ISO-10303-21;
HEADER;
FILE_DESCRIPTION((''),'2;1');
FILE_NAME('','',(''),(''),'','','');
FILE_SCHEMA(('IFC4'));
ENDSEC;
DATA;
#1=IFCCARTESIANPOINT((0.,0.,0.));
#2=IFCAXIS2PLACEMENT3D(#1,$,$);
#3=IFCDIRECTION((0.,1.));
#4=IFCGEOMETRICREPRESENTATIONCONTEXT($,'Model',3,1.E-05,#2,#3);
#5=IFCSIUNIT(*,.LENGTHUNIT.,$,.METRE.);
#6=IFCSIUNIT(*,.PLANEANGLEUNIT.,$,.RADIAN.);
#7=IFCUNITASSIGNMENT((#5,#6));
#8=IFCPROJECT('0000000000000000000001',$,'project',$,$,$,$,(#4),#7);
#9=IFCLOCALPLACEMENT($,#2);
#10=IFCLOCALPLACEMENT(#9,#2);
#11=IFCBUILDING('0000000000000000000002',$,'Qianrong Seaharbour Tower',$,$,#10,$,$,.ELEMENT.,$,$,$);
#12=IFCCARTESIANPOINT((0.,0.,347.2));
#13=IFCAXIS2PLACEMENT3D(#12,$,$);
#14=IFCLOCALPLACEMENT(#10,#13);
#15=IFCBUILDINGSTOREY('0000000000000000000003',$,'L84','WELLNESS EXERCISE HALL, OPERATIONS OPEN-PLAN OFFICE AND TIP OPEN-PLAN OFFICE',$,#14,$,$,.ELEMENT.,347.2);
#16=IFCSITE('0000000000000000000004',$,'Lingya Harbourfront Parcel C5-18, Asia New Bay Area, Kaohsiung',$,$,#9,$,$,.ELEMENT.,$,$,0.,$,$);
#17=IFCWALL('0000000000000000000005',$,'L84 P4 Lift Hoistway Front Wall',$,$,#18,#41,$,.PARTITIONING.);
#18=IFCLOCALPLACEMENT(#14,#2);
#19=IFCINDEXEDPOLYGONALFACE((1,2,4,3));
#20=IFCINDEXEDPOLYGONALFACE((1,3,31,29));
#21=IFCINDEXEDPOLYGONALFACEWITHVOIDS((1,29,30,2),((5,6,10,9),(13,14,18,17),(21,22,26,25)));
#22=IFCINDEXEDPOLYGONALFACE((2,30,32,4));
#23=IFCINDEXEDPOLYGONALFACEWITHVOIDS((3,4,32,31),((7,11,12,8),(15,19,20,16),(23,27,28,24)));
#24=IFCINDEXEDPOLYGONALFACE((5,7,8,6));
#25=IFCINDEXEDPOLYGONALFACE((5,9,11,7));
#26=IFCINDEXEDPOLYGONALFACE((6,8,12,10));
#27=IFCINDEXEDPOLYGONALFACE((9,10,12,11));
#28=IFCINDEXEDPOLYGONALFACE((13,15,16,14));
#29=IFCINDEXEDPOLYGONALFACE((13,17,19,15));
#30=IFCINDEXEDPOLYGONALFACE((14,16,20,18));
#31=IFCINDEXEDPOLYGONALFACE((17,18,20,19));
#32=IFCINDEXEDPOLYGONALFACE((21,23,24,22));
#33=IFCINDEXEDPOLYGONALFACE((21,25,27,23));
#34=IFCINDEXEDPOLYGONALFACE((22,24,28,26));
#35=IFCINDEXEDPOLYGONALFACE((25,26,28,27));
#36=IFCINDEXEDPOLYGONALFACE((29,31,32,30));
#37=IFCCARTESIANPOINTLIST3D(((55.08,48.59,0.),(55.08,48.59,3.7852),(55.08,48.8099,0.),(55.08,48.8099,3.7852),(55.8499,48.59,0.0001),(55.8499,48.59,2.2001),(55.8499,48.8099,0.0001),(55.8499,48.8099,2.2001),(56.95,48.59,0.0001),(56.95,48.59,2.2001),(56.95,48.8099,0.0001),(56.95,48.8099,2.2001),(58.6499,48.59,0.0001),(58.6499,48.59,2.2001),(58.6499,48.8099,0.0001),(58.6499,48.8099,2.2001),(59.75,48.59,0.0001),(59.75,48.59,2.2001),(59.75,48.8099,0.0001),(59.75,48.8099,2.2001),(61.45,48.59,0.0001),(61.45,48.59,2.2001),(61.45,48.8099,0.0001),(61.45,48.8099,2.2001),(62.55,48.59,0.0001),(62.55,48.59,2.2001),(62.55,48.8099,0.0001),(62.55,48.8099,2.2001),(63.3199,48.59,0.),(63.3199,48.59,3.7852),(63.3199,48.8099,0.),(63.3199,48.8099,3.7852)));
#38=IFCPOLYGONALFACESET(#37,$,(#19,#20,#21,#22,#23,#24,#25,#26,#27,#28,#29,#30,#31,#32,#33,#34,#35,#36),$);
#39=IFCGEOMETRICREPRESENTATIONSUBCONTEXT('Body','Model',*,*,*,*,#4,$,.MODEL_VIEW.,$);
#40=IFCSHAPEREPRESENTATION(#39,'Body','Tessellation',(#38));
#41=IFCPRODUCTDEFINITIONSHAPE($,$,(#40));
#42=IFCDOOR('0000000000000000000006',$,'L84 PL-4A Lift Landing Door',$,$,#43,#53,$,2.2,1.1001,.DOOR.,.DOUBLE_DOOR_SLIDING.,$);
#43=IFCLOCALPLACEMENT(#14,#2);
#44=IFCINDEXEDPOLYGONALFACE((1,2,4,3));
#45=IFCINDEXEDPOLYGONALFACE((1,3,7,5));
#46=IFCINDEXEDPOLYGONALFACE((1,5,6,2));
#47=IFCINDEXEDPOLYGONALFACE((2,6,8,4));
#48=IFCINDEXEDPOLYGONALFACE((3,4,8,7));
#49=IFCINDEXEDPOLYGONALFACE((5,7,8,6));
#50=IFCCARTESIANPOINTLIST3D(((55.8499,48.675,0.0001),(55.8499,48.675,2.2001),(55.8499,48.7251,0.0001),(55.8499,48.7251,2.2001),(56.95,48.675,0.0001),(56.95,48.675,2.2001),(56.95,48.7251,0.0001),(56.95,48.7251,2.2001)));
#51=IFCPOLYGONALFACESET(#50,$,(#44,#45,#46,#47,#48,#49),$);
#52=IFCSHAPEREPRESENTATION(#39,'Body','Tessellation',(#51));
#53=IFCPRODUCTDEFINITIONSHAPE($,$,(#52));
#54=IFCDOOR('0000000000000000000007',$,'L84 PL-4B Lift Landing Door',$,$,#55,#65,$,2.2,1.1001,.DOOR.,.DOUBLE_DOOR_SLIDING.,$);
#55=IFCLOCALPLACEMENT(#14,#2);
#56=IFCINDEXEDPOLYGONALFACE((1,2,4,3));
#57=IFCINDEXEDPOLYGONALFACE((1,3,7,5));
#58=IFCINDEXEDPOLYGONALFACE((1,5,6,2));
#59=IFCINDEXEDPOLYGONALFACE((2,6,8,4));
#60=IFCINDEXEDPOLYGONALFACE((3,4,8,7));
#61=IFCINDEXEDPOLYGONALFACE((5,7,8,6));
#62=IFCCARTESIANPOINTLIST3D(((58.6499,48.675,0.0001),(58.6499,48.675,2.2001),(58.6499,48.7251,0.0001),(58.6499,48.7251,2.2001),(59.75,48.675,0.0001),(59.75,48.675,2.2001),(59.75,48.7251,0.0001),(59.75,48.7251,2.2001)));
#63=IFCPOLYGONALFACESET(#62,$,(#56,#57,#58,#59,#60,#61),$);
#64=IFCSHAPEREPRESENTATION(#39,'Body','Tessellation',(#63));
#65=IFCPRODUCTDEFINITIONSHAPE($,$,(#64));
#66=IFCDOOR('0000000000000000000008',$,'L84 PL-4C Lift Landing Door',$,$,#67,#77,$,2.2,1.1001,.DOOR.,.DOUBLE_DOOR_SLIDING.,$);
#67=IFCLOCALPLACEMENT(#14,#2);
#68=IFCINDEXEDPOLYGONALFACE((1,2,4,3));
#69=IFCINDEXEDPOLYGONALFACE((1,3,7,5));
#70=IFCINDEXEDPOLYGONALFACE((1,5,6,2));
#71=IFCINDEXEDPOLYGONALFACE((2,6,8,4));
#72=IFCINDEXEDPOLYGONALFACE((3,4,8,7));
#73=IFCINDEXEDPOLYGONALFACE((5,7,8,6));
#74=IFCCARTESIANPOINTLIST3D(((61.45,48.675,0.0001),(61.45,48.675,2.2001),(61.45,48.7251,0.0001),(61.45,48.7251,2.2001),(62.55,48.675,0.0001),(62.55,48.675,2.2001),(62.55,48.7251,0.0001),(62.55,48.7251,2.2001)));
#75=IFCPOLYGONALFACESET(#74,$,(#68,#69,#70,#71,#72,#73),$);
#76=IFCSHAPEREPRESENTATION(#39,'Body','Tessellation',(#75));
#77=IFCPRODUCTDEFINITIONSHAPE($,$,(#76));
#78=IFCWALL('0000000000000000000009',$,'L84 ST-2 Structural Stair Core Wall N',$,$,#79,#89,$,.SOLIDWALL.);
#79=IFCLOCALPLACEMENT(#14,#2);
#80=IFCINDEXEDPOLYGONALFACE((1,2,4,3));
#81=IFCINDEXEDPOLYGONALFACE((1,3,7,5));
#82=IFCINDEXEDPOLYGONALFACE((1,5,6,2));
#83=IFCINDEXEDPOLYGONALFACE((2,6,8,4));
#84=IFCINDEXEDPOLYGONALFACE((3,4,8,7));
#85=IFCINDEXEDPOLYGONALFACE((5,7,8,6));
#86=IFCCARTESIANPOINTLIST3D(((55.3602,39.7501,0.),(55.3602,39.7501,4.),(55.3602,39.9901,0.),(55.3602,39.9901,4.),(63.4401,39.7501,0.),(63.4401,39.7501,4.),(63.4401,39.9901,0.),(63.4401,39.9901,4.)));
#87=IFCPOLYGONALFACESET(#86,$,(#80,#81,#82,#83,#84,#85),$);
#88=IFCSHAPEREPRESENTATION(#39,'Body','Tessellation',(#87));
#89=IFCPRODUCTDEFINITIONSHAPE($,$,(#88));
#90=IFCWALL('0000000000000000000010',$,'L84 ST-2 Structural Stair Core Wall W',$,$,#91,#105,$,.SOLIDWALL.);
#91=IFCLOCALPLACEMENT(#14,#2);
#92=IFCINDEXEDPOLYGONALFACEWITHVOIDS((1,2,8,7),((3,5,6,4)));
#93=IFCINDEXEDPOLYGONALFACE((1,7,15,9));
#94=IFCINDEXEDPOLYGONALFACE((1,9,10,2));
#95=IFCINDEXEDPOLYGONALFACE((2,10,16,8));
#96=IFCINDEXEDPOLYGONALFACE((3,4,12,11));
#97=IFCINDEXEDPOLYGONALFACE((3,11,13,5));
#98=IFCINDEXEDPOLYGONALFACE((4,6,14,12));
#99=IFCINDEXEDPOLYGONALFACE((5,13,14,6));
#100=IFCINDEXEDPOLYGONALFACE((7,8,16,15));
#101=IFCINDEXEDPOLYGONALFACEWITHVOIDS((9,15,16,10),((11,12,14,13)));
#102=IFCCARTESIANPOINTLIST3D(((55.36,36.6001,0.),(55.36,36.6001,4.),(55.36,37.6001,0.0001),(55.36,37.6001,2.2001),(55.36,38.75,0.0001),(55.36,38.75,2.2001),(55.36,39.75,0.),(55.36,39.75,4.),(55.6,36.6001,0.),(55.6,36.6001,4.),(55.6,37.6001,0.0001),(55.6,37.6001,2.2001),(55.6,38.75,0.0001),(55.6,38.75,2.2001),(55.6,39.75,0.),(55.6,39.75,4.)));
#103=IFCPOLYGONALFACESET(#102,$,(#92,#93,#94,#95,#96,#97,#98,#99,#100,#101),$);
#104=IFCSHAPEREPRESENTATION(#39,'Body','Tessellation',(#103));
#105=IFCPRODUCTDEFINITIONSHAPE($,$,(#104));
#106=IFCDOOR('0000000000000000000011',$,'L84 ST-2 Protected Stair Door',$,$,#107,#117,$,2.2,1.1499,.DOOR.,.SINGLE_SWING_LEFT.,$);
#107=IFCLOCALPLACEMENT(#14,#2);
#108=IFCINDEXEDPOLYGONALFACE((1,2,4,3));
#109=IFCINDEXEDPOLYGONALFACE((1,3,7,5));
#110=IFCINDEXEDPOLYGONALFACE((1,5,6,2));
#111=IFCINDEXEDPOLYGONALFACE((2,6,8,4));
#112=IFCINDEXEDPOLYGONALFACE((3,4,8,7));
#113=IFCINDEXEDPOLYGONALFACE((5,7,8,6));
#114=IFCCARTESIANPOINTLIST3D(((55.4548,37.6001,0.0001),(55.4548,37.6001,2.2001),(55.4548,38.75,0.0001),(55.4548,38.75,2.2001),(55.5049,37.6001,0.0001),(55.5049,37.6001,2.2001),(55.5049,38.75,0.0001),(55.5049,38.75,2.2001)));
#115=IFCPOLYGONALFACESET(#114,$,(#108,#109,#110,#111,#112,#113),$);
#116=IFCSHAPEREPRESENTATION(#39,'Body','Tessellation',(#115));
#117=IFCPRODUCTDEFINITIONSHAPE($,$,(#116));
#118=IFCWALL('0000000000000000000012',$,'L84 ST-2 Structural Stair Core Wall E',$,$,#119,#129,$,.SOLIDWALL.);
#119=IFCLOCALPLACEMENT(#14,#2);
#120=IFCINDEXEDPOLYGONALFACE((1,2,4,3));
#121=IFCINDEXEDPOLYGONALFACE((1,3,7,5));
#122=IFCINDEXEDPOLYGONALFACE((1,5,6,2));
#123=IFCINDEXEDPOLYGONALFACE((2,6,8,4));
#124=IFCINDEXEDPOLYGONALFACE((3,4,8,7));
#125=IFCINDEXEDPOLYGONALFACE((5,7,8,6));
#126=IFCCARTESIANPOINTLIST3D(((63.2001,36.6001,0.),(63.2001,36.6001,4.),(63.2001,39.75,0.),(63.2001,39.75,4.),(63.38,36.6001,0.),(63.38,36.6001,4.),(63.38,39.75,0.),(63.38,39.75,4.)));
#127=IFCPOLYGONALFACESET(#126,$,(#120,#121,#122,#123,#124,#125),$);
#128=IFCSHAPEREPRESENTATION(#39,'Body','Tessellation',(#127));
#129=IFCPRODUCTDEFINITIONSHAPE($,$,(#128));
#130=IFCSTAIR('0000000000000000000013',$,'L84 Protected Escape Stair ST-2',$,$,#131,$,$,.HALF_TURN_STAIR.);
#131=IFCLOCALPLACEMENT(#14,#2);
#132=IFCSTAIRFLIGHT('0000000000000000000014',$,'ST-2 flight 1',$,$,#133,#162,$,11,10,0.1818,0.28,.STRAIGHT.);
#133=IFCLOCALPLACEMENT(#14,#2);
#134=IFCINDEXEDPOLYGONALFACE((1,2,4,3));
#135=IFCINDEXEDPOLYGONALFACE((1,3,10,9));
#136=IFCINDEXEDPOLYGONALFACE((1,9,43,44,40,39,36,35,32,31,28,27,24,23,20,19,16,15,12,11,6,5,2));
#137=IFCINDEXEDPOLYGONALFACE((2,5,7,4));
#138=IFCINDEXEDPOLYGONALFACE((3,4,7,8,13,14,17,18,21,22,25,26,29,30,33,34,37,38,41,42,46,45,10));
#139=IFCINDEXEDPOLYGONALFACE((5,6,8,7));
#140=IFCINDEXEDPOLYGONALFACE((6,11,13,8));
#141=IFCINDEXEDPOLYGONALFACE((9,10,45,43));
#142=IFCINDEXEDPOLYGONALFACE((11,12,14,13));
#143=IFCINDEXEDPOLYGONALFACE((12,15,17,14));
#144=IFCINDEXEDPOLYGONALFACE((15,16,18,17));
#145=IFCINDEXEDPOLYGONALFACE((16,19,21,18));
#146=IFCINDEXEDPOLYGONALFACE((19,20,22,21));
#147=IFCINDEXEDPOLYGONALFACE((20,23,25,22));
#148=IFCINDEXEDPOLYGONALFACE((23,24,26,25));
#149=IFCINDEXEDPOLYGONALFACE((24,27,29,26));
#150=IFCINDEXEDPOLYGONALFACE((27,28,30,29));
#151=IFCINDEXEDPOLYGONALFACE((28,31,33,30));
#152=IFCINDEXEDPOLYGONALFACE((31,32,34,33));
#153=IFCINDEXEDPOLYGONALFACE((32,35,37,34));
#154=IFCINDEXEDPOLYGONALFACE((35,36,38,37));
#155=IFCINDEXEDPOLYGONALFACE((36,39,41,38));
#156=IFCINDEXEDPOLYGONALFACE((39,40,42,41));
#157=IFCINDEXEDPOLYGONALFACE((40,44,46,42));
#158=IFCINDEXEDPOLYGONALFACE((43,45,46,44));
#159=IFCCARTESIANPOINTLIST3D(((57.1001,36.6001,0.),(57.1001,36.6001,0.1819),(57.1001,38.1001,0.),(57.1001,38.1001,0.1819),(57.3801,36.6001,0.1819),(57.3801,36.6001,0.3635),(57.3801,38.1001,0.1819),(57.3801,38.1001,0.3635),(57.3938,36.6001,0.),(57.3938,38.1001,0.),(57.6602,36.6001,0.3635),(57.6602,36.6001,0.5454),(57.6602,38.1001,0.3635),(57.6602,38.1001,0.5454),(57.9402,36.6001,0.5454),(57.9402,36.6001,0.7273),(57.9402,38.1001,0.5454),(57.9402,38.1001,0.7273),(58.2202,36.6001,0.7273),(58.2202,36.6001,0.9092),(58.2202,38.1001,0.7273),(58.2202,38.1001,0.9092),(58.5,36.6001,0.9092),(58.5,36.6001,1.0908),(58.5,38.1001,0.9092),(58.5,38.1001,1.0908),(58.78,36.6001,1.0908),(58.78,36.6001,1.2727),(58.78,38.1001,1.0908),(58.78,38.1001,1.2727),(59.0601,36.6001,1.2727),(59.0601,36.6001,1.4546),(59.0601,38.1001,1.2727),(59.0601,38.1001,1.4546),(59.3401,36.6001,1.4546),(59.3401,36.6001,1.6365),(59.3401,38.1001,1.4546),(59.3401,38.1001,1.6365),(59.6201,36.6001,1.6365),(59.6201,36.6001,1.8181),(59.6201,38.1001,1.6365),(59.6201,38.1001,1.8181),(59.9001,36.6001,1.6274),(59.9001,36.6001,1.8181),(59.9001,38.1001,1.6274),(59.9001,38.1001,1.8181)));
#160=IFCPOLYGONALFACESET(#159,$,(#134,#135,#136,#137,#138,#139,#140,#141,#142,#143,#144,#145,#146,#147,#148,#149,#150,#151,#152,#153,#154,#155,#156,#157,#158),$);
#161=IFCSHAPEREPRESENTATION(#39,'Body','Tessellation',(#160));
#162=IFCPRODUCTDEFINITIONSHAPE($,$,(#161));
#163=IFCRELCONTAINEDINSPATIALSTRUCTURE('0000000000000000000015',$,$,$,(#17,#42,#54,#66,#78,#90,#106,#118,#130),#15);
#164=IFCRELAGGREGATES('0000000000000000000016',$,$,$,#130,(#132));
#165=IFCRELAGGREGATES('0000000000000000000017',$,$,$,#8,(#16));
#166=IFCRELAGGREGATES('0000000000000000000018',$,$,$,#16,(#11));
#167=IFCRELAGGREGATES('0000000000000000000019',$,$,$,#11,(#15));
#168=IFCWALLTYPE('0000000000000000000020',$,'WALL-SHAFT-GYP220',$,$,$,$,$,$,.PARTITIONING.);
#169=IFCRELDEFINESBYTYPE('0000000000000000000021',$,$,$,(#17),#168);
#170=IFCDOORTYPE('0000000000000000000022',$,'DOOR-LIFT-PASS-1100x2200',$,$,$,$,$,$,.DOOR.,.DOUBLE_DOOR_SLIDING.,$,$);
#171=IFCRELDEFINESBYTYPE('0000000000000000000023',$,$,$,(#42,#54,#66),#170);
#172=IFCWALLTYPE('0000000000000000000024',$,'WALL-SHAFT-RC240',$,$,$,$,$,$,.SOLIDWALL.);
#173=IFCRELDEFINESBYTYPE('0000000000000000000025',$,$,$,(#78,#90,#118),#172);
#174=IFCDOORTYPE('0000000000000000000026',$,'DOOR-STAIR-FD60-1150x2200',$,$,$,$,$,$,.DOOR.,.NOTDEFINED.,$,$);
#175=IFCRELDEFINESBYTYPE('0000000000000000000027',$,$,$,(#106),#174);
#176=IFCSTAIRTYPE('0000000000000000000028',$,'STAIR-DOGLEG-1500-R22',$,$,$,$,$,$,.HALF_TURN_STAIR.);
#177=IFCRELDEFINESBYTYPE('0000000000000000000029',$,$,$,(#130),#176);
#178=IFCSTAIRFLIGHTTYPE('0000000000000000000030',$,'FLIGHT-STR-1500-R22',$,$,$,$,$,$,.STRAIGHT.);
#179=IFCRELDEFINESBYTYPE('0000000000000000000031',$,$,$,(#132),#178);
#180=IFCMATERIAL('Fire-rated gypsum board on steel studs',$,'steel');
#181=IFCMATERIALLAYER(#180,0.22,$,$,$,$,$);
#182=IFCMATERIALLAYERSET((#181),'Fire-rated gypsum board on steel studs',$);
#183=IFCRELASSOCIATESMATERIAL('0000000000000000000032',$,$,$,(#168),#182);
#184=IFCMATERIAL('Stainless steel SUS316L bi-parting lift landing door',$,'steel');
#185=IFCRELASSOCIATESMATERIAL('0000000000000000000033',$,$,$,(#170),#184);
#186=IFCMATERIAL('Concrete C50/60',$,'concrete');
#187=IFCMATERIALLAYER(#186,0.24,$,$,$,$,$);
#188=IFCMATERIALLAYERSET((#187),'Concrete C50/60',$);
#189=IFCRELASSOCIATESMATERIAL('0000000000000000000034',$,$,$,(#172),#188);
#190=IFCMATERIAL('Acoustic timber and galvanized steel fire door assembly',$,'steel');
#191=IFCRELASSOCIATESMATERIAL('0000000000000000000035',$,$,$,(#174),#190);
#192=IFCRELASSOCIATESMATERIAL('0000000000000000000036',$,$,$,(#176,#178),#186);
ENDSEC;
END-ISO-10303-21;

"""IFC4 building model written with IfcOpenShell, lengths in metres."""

from ifc_helpers import new_model, si_unit, direction, frame, frame_2d, origin, place, context, subcontext, project, spatial, polyline, rectangle, outline, extrude, material, layer, layer_set, type_object, element, fill, aggregate, save


model = new_model("IFC4")

# Units and contexts
model_context = context("Model", 3, precision=1e-05, world=origin(), true_north=direction((0.0, 1.0)))
body_context = subcontext(model_context, "Body", "Model", "MODEL_VIEW")
ifc_project = project(units=[si_unit("LENGTHUNIT", "METRE"), si_unit("PLANEANGLEUNIT", "RADIAN")], contexts=[model_context])

# Site, building, storey
site_placement = place(None, origin())
site = spatial("IfcSite", under=ifc_project, at=site_placement, Name="Lingya Harbourfront Parcel C5-18, Asia New Bay Area, Kaohsiung", CompositionType="ELEMENT", RefElevation=0.0)
building_placement = place(site_placement, origin())
building = spatial("IfcBuilding", under=site, at=building_placement, Name="Qianrong Seaharbour Tower", CompositionType="ELEMENT")
storey_placement = place(building_placement, frame((0.0, 0.0, 347.2)))
storey = spatial("IfcBuildingStorey", under=building, at=storey_placement, Name="L84", Description="WELLNESS EXERCISE HALL, OPERATIONS OPEN-PLAN OFFICE AND TIP OPEN-PLAN OFFICE", CompositionType="ELEMENT", Elevation=347.2)

# Shared definitions
ifc_material_1 = material(Name="Acoustic timber and galvanized steel fire door assembly", Category="steel")

# Shared definitions
ifc_material_2 = material(Name="Fire-rated gypsum board on steel studs", Category="steel")

# Wall, openings, doors
ifc_layer_1 = layer(ifc_material_2, 0.22)
ifc_layer_set_1 = layer_set([ifc_layer_1], Name="Fire-rated gypsum board on steel studs")
wall_type_1 = type_object("IfcWallType", Name="WALL-SHAFT-GYP220", PredefinedType="PARTITIONING", material=ifc_layer_set_1)
wall_1_placement = place(storey_placement, frame((63.3201, 48.7, 0.0), z_axis=(0.0, 0.0, 1.0), x_axis=(-1.0, 0.0, 0.0)))
wall_1 = element("IfcWall", 1, at=wall_1_placement, inside=storey, type_object=wall_type_1, Name="L84 P4 Lift Hoistway Front Wall", PredefinedType="PARTITIONING", context=body_context, shape_type="SweptSolid", body=[
    extrude(rectangle(XDim=8.24, YDim=0.22, at=frame_2d((4.1201, 0.0))), origin(), (0.0, 0.0, 1.0), 3.7852),
])
opening_1_placement = place(wall_1_placement, frame((6.3701, 0.0, 0.0)))
opening_1 = element("IfcOpeningElement", 2, at=opening_1_placement, cuts=wall_1, PredefinedType="OPENING", context=body_context, shape_type="SweptSolid", body=[
    extrude(rectangle(XDim=1.1001, YDim=2.2, at=frame_2d((0.55, 1.1001))), frame((0.0, 0.1201, 0.0), z_axis=(0.0, -1.0, 0.0), x_axis=(1.0, 0.0, 0.0)), (0.0, 0.0, 1.0), 0.24),
])
opening_2_placement = place(wall_1_placement, frame((3.5701, 0.0, 0.0)))
opening_2 = element("IfcOpeningElement", 3, at=opening_2_placement, cuts=wall_1, PredefinedType="OPENING", context=body_context, shape_type="SweptSolid", body=[
    extrude(rectangle(XDim=1.1001, YDim=2.2, at=frame_2d((0.55, 1.1001))), frame((0.0, 0.1201, 0.0), z_axis=(0.0, -1.0, 0.0), x_axis=(1.0, 0.0, 0.0)), (0.0, 0.0, 1.0), 0.24),
])
opening_3_placement = place(wall_1_placement, frame((0.77, 0.0, 0.0)))
opening_3 = element("IfcOpeningElement", 4, at=opening_3_placement, cuts=wall_1, PredefinedType="OPENING", context=body_context, shape_type="SweptSolid", body=[
    extrude(rectangle(XDim=1.1001, YDim=2.2, at=frame_2d((0.55, 1.1001))), frame((0.0, 0.1201, 0.0), z_axis=(0.0, -1.0, 0.0), x_axis=(1.0, 0.0, 0.0)), (0.0, 0.0, 1.0), 0.24),
])
ifc_material_3 = material(Name="Stainless steel SUS316L bi-parting lift landing door", Category="steel")
door_type_1 = type_object("IfcDoorType", Name="DOOR-LIFT-PASS-1100x2200", OperationType="DOUBLE_DOOR_SLIDING", PredefinedType="DOOR", material=ifc_material_3)
door_1_placement = place(opening_1_placement, origin())
door_1 = element("IfcDoor", 5, at=door_1_placement, inside=storey, type_object=door_type_1, Name="L84 PL-4A Lift Landing Door", OperationType="DOUBLE_DOOR_SLIDING", OverallHeight=2.2, OverallWidth=1.1001, PredefinedType="DOOR", context=body_context, shape_type="SweptSolid", body=[
    extrude(rectangle(XDim=1.1001, YDim=2.2, at=frame_2d((0.55, 1.1001))), frame((0.0, 0.0249, 0.0), z_axis=(0.0, -1.0, 0.0), x_axis=(1.0, 0.0, 0.0)), (0.0, 0.0, 1.0), 0.05),
])
fill(opening_1, door_1)
door_2_placement = place(opening_2_placement, origin())
door_2 = element("IfcDoor", 6, at=door_2_placement, inside=storey, type_object=door_type_1, Name="L84 PL-4B Lift Landing Door", OperationType="DOUBLE_DOOR_SLIDING", OverallHeight=2.2, OverallWidth=1.1001, PredefinedType="DOOR", context=body_context, shape_type="SweptSolid", body=[
    extrude(rectangle(XDim=1.1001, YDim=2.2, at=frame_2d((0.55, 1.1001))), frame((0.0, 0.0249, 0.0), z_axis=(0.0, -1.0, 0.0), x_axis=(1.0, 0.0, 0.0)), (0.0, 0.0, 1.0), 0.05),
])
fill(opening_2, door_2)
door_3_placement = place(opening_3_placement, origin())
door_3 = element("IfcDoor", 7, at=door_3_placement, inside=storey, type_object=door_type_1, Name="L84 PL-4C Lift Landing Door", OperationType="DOUBLE_DOOR_SLIDING", OverallHeight=2.2, OverallWidth=1.1001, PredefinedType="DOOR", context=body_context, shape_type="SweptSolid", body=[
    extrude(rectangle(XDim=1.1001, YDim=2.2, at=frame_2d((0.55, 1.1001))), frame((0.0, 0.0249, 0.0), z_axis=(0.0, -1.0, 0.0), x_axis=(1.0, 0.0, 0.0)), (0.0, 0.0, 1.0), 0.05),
])
fill(opening_3, door_3)

# Wall
ifc_material_4 = material(Name="Concrete C50/60", Category="concrete")
ifc_layer_2 = layer(ifc_material_4, 0.24)
ifc_layer_set_2 = layer_set([ifc_layer_2], Name="Concrete C50/60")
wall_type_2 = type_object("IfcWallType", Name="WALL-SHAFT-RC240", PredefinedType="SOLIDWALL", material=ifc_layer_set_2)
wall_2_placement = place(storey_placement, frame((55.3601, 39.8701, 0.0), z_axis=(0.0, 0.0, 1.0), x_axis=(1.0, 0.0, 0.0)))
element("IfcWall", 8, at=wall_2_placement, inside=storey, type_object=wall_type_2, Name="L84 ST-2 Structural Stair Core Wall N", PredefinedType="SOLIDWALL", context=body_context, shape_type="SweptSolid", body=[
    extrude(rectangle(XDim=8.0798, YDim=0.24, at=frame_2d((4.04, 0.0))), origin(), (0.0, 0.0, 1.0), 4.0),
])

# Wall, opening, door
wall_3_placement = place(storey_placement, frame((55.48, 39.75, 0.0), z_axis=(0.0, 0.0, 1.0), x_axis=(0.0, -1.0, 0.0)))
wall_3 = element("IfcWall", 9, at=wall_3_placement, inside=storey, type_object=wall_type_2, Name="L84 ST-2 Structural Stair Core Wall W", PredefinedType="SOLIDWALL", context=body_context, shape_type="SweptSolid", body=[
    extrude(rectangle(XDim=3.1499, YDim=0.24, at=frame_2d((1.575, 0.0))), origin(), (0.0, 0.0, 1.0), 4.0),
])
opening_4_placement = place(wall_3_placement, frame((1.0, 0.0, 0.0)))
opening_4 = element("IfcOpeningElement", 10, at=opening_4_placement, cuts=wall_3, PredefinedType="OPENING", context=body_context, shape_type="SweptSolid", body=[
    extrude(rectangle(XDim=1.1499, YDim=2.2, at=frame_2d((0.575, 1.1001))), frame((0.0, 0.1299, 0.0), z_axis=(0.0, -1.0, 0.0), x_axis=(1.0, 0.0, 0.0)), (0.0, 0.0, 1.0), 0.26),
])
door_type_2 = type_object("IfcDoorType", Name="DOOR-STAIR-FD60-1150x2200", OperationType="NOTDEFINED", PredefinedType="DOOR", material=ifc_material_1)
door_4_placement = place(opening_4_placement, origin())
door_4 = element("IfcDoor", 11, at=door_4_placement, inside=storey, type_object=door_type_2, Name="L84 ST-2 Protected Stair Door", OperationType="SINGLE_SWING_LEFT", OverallHeight=2.2, OverallWidth=1.1499, PredefinedType="DOOR", context=body_context, shape_type="SweptSolid", body=[
    extrude(rectangle(XDim=1.1499, YDim=2.2, at=frame_2d((0.575, 1.1001))), frame((0.0, 0.0249, 0.0), z_axis=(0.0, -1.0, 0.0), x_axis=(1.0, 0.0, 0.0)), (0.0, 0.0, 1.0), 0.05),
])
fill(opening_4, door_4)

# Wall
wall_4_placement = place(storey_placement, frame((63.29, 36.6001, 0.0), z_axis=(0.0, 0.0, 1.0), x_axis=(0.0, 1.0, 0.0)))
element("IfcWall", 12, at=wall_4_placement, inside=storey, type_object=wall_type_2, Name="L84 ST-2 Structural Stair Core Wall E", PredefinedType="SOLIDWALL", context=body_context, shape_type="SweptSolid", body=[
    extrude(rectangle(XDim=3.1499, YDim=0.1799, at=frame_2d((1.575, 0.0))), origin(), (0.0, 0.0, 1.0), 4.0),
])

# Stair, stair flight
stair_type = type_object("IfcStairType", Name="STAIR-DOGLEG-1500-R22", PredefinedType="HALF_TURN_STAIR", material=ifc_material_4)
stair_placement = place(storey_placement, origin())
stair = element("IfcStair", 13, at=stair_placement, inside=storey, type_object=stair_type, Name="L84 Protected Escape Stair ST-2", PredefinedType="HALF_TURN_STAIR")
stair_flight_type = type_object("IfcStairFlightType", Name="FLIGHT-STR-1500-R22", PredefinedType="STRAIGHT", material=ifc_material_4)
stair_flight_1_placement = place(storey_placement, frame((57.1001, 37.3501, 0.0), z_axis=(0.0, 0.0, 1.0), x_axis=(1.0, 0.0, 0.0)))
stair_flight_1 = element("IfcStairFlight", 14, at=stair_flight_1_placement, type_object=stair_flight_type, Name="ST-2 flight 1", NumberOfRisers=11, NumberOfTreads=10, PredefinedType="STRAIGHT", RiserHeight=0.1818, TreadLength=0.28, context=body_context, shape_type="SweptSolid", body=[
    extrude(outline(polyline([(0.0, 0.0), (0.0, 0.1819), (0.28, 0.1819), (0.28, 0.3635), (0.5601, 0.3635), (0.5601, 0.5454), (0.8401, 0.5454), (0.8401, 0.7273), (1.1201, 0.7273), (1.1201, 0.9092), (1.3999, 0.9092), (1.3999, 1.0908), (1.6799, 1.0908), (1.6799, 1.2727), (1.96, 1.2727), (1.96, 1.4546), (2.24, 1.4546), (2.24, 1.6365), (2.52, 1.6365), (2.52, 1.8181), (2.8, 1.8181), (2.8, 2.0), (2.8, 1.6274), (0.2937, 0.0), (0.0, 0.0)])), frame((0.0, 0.75, 0.0), z_axis=(0.0, -1.0, 0.0), x_axis=(1.0, 0.0, 0.0)), (0.0, 0.0, 1.0), 1.5),
])
aggregate(stair, [stair_flight_1])

save(model, "model.ifc")
